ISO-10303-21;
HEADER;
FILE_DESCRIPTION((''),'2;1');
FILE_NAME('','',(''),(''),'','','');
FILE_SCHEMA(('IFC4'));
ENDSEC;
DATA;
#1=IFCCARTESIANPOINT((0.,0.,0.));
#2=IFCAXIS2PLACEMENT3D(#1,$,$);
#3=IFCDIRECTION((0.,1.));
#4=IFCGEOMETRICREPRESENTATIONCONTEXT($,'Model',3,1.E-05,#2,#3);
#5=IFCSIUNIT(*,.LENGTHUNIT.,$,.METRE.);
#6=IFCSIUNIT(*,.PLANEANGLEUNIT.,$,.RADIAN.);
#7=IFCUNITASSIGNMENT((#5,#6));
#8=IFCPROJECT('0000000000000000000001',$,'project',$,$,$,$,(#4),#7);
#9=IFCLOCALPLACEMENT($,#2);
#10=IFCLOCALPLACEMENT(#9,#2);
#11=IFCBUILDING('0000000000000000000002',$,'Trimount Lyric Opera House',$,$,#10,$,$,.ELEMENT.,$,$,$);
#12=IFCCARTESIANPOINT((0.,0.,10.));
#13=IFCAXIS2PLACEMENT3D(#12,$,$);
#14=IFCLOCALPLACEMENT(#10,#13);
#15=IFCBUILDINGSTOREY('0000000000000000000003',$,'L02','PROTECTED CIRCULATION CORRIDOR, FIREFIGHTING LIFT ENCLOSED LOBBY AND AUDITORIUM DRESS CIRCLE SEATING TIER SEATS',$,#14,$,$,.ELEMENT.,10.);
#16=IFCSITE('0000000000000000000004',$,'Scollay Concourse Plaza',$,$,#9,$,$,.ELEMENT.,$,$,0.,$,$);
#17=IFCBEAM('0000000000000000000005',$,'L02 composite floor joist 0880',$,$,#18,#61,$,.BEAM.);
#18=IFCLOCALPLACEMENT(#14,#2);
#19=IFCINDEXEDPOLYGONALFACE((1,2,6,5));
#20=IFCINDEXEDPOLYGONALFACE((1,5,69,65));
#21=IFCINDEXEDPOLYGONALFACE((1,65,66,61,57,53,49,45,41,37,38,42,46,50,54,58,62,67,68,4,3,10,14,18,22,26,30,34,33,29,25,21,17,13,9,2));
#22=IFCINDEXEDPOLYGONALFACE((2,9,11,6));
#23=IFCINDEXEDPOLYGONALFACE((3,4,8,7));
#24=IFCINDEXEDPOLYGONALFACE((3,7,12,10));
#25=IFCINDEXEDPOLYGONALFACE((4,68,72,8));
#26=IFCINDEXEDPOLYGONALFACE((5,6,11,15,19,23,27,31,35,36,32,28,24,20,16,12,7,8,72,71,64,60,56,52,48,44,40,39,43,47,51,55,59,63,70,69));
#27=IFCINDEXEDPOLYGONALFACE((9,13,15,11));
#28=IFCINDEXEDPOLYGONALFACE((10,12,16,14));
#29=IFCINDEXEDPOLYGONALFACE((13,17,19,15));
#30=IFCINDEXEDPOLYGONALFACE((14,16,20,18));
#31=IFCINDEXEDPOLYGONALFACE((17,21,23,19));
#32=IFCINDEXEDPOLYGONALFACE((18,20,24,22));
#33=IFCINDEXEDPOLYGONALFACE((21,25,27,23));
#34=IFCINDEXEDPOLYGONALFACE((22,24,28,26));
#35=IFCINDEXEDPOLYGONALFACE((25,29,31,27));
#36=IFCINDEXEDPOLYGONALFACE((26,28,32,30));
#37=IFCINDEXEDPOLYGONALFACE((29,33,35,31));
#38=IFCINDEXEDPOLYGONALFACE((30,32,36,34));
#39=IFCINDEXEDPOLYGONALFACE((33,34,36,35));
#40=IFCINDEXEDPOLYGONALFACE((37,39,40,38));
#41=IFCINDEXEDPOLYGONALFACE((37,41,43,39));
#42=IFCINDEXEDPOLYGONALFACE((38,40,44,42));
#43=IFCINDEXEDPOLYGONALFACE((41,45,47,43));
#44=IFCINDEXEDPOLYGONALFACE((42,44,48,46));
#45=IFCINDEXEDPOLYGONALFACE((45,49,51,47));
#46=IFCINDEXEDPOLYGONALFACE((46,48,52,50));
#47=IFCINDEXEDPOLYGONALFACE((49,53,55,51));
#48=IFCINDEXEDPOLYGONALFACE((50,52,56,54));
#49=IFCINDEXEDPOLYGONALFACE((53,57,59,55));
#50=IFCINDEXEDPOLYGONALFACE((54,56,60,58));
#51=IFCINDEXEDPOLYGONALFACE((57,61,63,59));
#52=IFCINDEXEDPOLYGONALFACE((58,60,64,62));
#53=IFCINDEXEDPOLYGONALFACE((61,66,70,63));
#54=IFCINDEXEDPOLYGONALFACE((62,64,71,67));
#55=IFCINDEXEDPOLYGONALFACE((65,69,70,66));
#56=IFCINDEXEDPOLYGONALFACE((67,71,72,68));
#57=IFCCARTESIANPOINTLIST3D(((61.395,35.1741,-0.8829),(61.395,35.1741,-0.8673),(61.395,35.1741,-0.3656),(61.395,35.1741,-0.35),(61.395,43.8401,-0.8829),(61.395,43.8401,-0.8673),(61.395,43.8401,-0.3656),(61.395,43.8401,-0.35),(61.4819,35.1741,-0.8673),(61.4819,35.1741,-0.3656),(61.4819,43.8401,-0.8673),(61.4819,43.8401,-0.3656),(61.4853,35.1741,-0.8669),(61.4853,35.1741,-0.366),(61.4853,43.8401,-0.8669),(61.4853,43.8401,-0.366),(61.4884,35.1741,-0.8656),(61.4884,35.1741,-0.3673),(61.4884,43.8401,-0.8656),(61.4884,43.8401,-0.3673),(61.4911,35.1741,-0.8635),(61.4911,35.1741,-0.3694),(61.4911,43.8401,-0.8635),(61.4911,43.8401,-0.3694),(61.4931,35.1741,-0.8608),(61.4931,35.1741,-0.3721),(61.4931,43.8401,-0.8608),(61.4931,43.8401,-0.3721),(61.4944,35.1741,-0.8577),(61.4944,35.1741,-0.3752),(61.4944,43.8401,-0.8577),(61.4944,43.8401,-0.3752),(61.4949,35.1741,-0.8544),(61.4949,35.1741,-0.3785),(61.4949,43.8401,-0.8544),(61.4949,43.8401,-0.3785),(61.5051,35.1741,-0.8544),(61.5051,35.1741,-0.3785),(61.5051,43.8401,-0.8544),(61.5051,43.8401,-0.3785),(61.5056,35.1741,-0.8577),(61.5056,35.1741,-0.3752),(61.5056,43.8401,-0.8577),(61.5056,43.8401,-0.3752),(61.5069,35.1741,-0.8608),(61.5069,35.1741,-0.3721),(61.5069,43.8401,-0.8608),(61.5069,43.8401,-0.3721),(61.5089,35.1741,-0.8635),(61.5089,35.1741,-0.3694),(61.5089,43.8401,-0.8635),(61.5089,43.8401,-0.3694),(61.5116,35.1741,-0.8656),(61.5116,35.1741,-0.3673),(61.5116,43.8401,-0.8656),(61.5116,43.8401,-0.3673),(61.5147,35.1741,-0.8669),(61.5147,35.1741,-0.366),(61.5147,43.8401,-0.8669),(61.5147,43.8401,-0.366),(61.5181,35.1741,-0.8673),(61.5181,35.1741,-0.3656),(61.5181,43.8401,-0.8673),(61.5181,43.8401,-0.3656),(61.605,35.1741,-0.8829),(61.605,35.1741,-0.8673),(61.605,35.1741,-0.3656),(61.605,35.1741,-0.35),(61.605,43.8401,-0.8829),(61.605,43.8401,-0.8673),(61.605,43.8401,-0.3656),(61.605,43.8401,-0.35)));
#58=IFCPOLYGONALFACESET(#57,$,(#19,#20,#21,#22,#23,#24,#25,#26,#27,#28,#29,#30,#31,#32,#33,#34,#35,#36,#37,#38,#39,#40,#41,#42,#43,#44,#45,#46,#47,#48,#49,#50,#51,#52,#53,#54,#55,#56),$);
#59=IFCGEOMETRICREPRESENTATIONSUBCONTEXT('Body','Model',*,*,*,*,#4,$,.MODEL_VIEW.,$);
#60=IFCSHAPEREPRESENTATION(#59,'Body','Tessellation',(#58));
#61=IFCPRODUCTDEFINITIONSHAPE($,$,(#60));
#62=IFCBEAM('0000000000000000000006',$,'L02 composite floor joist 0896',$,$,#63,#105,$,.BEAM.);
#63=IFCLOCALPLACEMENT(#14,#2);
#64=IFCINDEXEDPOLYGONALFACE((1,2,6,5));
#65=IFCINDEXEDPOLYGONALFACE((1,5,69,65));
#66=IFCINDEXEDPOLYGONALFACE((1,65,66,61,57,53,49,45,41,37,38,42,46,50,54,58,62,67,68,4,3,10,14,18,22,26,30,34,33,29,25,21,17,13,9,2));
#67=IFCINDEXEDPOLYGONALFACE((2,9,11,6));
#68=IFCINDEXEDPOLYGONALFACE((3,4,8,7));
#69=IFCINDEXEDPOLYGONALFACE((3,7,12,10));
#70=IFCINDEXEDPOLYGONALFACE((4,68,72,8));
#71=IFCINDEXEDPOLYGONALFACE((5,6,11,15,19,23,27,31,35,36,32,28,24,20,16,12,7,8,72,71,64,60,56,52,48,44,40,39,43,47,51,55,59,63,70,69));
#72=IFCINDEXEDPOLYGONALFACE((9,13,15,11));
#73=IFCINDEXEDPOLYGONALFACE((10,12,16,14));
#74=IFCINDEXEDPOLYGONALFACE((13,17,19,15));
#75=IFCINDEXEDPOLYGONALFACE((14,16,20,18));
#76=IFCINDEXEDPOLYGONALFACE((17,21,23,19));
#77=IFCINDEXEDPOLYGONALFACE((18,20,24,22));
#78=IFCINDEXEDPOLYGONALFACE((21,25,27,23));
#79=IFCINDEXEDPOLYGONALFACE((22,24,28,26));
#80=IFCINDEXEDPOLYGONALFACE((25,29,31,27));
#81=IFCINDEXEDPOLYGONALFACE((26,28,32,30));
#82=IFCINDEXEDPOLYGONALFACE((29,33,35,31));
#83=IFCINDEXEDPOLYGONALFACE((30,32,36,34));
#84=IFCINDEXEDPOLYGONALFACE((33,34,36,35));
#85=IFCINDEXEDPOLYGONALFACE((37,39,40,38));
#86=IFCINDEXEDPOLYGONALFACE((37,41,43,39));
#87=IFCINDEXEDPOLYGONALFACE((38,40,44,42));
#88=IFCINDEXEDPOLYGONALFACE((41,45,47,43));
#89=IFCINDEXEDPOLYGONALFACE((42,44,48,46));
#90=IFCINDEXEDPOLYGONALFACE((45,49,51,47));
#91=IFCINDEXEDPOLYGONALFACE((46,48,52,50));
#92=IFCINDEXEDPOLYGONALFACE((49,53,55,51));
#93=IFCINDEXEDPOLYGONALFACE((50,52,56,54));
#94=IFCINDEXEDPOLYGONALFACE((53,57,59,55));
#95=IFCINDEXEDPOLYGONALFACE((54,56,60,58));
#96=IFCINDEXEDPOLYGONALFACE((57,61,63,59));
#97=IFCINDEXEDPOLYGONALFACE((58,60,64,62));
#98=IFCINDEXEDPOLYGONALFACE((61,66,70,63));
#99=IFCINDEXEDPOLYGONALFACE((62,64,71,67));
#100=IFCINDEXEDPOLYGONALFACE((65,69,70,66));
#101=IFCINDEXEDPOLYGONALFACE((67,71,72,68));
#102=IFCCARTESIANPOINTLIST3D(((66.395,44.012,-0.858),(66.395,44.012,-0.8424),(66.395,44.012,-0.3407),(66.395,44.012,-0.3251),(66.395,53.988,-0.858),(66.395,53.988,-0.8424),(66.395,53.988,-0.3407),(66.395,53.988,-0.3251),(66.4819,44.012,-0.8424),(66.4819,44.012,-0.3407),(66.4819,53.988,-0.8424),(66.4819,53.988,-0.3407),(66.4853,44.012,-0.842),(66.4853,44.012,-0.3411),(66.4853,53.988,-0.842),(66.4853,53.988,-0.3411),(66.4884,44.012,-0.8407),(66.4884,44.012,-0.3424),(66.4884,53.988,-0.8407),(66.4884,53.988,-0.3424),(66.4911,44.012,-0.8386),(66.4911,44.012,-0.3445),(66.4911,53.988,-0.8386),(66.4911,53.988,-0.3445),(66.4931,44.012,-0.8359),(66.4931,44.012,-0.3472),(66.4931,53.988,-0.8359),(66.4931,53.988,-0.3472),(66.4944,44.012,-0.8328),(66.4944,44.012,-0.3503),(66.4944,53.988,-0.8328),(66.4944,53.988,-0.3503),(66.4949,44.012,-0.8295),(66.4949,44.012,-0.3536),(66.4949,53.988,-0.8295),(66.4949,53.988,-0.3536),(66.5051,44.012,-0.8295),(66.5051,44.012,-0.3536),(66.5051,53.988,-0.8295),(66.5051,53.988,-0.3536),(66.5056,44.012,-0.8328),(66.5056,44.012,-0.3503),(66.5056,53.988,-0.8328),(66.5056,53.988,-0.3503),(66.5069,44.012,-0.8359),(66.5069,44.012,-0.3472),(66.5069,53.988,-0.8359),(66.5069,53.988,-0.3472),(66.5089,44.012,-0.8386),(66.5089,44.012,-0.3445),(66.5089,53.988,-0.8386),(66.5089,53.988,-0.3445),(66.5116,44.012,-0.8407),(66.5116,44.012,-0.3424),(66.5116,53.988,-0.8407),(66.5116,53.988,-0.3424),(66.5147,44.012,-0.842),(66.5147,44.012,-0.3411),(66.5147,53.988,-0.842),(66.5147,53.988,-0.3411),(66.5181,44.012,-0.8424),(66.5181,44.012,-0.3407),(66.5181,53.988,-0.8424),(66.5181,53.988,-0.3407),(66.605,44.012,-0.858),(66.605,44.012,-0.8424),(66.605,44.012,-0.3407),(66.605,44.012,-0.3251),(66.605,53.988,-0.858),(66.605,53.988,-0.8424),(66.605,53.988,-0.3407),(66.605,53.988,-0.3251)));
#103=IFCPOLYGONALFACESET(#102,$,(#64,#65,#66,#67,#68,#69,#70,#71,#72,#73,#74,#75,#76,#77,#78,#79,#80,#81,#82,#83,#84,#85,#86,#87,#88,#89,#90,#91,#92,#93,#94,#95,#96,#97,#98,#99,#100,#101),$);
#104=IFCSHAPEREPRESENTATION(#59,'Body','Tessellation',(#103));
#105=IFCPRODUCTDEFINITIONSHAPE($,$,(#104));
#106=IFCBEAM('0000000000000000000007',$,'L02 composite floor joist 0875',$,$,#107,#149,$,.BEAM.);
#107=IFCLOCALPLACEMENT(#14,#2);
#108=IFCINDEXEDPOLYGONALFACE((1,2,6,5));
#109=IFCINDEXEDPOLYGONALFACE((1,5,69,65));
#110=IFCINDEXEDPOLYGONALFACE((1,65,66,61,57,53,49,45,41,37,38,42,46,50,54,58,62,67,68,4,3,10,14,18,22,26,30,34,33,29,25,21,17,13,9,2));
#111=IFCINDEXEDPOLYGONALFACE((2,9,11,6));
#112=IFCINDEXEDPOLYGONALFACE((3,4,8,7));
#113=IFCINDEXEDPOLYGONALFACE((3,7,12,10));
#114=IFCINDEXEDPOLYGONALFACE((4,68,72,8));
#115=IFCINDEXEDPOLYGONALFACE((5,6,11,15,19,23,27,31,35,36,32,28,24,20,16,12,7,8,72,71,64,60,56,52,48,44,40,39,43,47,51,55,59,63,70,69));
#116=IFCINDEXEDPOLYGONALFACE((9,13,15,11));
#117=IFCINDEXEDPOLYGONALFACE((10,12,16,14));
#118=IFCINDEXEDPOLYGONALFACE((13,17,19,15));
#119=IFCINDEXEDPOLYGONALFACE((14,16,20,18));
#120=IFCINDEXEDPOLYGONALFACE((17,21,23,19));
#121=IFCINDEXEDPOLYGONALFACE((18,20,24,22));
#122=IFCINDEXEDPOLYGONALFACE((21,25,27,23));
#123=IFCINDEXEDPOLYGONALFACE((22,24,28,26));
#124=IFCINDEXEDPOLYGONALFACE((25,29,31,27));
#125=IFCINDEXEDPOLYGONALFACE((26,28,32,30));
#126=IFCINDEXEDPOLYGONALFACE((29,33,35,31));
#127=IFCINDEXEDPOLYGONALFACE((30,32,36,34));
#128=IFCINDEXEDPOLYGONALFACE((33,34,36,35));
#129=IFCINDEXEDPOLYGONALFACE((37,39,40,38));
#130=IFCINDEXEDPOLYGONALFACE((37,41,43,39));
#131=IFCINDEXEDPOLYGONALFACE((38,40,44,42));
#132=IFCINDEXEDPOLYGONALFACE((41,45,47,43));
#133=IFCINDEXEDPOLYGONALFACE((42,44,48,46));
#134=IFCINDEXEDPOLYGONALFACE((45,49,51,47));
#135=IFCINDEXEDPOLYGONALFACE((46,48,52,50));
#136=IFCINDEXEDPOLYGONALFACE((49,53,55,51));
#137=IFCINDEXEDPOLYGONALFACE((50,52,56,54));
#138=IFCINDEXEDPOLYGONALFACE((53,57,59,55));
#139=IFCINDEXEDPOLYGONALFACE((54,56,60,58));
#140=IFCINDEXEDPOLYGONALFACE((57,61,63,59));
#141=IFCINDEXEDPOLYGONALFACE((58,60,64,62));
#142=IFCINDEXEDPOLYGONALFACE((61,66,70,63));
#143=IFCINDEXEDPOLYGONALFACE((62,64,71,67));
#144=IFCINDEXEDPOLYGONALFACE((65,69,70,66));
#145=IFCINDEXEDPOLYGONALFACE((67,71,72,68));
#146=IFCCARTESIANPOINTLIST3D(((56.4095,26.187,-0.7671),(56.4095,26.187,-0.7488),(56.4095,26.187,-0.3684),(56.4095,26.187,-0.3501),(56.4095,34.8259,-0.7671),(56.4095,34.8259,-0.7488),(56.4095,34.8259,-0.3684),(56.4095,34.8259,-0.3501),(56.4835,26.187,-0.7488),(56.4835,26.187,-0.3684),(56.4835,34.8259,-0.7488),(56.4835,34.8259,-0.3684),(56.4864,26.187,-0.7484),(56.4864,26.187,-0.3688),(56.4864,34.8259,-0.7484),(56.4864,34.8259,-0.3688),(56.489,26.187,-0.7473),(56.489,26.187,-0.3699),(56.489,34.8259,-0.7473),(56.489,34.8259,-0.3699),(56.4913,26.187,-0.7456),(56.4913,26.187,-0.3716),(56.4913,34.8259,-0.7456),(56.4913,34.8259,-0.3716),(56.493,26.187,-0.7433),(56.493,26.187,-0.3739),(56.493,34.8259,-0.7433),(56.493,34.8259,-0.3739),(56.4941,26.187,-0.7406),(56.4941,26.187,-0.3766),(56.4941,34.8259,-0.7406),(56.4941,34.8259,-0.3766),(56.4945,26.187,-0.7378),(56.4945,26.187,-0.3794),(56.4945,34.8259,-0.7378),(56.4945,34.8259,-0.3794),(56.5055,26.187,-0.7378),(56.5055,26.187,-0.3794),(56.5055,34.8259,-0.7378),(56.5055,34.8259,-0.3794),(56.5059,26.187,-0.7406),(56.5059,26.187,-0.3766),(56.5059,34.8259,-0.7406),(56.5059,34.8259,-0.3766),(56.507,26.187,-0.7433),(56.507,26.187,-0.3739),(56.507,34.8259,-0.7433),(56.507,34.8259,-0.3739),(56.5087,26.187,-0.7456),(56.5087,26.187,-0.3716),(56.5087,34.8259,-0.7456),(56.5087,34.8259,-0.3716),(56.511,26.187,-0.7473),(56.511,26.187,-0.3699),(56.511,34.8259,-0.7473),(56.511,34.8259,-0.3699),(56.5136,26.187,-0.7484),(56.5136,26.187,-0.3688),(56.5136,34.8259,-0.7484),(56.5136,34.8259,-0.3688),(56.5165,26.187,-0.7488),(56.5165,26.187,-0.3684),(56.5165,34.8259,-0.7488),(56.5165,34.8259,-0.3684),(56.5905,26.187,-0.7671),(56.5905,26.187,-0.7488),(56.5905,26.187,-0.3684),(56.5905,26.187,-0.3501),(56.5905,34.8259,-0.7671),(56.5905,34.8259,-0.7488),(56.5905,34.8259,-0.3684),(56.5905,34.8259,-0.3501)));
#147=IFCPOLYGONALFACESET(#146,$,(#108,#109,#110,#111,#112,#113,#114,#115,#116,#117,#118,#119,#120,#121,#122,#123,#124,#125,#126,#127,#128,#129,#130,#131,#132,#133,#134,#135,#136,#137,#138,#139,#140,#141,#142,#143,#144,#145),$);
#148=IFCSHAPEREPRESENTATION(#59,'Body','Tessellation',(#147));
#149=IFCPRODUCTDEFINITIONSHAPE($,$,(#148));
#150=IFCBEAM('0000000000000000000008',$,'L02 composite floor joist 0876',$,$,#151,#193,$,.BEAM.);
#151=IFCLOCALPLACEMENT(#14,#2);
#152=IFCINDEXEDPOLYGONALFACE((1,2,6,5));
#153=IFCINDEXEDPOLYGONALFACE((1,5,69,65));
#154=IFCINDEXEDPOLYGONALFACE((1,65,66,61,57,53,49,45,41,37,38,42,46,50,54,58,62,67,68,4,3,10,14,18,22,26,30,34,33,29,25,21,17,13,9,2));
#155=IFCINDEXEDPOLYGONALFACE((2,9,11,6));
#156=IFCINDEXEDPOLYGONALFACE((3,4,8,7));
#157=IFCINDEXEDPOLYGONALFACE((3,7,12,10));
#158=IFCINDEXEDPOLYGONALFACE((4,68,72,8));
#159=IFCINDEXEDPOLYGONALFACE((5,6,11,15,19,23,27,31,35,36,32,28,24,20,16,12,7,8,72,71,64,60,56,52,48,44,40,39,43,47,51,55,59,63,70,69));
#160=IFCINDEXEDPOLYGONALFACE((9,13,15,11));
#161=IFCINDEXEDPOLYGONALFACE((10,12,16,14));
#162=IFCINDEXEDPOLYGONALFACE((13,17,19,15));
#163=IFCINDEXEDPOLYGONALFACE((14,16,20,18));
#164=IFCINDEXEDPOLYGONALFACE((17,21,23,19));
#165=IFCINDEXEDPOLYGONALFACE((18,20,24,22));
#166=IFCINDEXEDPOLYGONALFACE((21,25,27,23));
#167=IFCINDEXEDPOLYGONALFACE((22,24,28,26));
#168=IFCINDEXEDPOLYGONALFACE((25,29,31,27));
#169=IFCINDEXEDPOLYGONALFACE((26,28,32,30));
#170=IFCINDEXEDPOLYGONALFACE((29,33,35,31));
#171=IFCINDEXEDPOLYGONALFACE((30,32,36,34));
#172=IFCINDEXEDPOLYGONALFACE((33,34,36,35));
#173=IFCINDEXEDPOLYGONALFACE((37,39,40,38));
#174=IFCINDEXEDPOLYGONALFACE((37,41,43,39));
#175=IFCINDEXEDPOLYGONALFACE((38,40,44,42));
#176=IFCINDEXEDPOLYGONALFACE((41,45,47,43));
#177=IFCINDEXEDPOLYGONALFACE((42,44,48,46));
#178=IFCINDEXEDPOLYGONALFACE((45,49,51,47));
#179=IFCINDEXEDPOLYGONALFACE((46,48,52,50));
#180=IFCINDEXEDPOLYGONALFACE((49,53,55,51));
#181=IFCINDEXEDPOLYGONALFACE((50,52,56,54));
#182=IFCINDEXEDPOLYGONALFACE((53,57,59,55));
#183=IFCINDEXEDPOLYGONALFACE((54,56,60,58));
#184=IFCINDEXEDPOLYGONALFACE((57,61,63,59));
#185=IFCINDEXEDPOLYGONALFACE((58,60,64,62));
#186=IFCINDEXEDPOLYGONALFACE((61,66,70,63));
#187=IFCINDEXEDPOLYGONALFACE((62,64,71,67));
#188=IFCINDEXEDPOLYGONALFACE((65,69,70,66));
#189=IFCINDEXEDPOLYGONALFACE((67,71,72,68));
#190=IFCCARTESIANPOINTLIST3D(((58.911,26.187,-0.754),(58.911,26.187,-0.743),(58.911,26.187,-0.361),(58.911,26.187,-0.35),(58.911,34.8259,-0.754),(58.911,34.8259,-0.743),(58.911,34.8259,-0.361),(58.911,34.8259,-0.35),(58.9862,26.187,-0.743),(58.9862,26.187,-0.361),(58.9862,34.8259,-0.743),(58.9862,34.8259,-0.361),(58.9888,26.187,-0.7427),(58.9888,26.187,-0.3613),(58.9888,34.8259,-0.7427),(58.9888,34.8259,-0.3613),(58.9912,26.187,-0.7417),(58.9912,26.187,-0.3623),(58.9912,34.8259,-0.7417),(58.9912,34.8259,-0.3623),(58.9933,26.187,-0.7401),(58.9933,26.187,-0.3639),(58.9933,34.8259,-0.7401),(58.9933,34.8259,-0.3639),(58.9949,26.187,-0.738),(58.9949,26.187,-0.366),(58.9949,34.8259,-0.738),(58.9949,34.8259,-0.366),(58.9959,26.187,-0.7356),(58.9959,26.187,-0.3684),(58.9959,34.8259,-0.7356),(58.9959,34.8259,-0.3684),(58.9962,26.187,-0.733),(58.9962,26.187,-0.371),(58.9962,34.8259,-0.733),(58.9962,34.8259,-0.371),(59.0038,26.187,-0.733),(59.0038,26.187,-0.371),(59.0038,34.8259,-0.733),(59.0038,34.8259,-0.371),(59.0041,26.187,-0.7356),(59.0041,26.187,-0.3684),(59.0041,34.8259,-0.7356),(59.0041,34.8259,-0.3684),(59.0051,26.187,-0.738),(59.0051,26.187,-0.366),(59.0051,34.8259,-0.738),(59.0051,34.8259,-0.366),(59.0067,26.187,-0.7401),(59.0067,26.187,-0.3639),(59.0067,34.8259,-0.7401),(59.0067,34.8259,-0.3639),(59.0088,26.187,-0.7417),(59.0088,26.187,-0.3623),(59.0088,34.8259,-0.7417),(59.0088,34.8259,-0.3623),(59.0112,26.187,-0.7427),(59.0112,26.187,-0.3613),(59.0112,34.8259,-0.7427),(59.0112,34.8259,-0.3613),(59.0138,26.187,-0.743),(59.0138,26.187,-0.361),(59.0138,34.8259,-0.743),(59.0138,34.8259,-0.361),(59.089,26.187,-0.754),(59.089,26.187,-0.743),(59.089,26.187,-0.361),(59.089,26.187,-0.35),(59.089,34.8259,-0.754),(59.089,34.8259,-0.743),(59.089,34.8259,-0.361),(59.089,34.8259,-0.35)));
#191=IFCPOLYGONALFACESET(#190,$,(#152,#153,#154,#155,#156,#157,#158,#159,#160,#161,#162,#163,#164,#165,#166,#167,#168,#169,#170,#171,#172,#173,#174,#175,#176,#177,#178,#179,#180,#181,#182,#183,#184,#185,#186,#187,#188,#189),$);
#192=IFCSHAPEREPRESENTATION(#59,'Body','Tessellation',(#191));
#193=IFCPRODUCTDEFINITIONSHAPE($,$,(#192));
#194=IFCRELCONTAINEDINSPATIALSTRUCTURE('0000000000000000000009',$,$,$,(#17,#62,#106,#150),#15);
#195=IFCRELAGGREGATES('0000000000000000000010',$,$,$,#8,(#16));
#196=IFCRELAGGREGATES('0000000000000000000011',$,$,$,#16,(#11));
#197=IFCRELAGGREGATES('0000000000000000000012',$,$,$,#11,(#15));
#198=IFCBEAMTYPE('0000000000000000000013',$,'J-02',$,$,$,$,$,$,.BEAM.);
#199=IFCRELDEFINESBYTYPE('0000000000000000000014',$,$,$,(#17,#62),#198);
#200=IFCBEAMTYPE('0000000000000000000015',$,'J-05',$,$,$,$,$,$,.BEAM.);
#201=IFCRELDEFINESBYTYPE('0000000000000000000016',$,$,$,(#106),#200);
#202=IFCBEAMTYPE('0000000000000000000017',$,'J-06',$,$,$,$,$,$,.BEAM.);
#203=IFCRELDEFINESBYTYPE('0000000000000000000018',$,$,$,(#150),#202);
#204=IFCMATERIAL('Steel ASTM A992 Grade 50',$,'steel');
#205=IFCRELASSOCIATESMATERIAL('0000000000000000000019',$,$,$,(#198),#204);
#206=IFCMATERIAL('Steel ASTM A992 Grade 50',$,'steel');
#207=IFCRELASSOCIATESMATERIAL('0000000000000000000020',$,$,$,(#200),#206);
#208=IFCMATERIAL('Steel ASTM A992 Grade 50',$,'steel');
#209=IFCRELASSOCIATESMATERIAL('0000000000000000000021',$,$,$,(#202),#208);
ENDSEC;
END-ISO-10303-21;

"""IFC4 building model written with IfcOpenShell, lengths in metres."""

from ifc_helpers import new_model, si_unit, direction, frame, origin, origin_2d, place, context, subcontext, project, spatial, i_section, extrude, material, material_profile, profile_set, type_object, element, save


model = new_model("IFC4")

# Units and contexts
model_context = context("Model", 3, precision=1e-05, world=origin(), true_north=direction((0.0, 1.0)))
body_context = subcontext(model_context, "Body", "Model", "MODEL_VIEW")
ifc_project = project(units=[si_unit("LENGTHUNIT", "METRE"), si_unit("PLANEANGLEUNIT", "RADIAN")], contexts=[model_context])

# Site, building, storey
site_placement = place(None, origin())
site = spatial("IfcSite", under=ifc_project, at=site_placement, Name="Scollay Concourse Plaza", CompositionType="ELEMENT", RefElevation=0.0)
building_placement = place(site_placement, origin())
building = spatial("IfcBuilding", under=site, at=building_placement, Name="Trimount Lyric Opera House", CompositionType="ELEMENT")
storey_placement = place(building_placement, frame((0.0, 0.0, 10.0)))
storey = spatial("IfcBuildingStorey", under=building, at=storey_placement, Name="L02", Description="PROTECTED CIRCULATION CORRIDOR, FIREFIGHTING LIFT ENCLOSED LOBBY AND AUDITORIUM DRESS CIRCLE SEATING TIER SEATS", CompositionType="ELEMENT", Elevation=10.0)

# Beams
ifc_material_1 = material(Name="Steel ASTM A992 Grade 50", Category="steel")
ifc_material_profile_1 = material_profile(ifc_material_1, i_section(OverallWidth=0.21, OverallDepth=0.533, WebThickness=0.0103, FlangeThickness=0.0156, FilletRadius=0.0129, at=origin_2d()), Name="W21X62")
ifc_profile_set_1 = profile_set([ifc_material_profile_1], Name="Steel ASTM A992 Grade 50")
beam_type_1 = type_object("IfcBeamType", Name="J-02", PredefinedType="BEAM", material=ifc_profile_set_1)
beam_1_placement = place(storey_placement, frame((61.5, 35.1741, -0.6165), z_axis=(0.0, 1.0, 0.0), x_axis=(-1.0, 0.0, 0.0)))
element("IfcBeam", 1, at=beam_1_placement, inside=storey, type_object=beam_type_1, Name="L02 composite floor joist 0880", PredefinedType="BEAM", context=body_context, shape_type="SweptSolid", body=[
    extrude(i_section(OverallWidth=0.21, OverallDepth=0.533, WebThickness=0.0103, FlangeThickness=0.0156, FilletRadius=0.0129, at=origin_2d()), origin(), (0.0, 0.0, 1.0), 8.666),
])
beam_2_placement = place(storey_placement, frame((66.5, 44.012, -0.5916), z_axis=(0.0, 1.0, 0.0), x_axis=(-1.0, 0.0, 0.0)))
element("IfcBeam", 2, at=beam_2_placement, inside=storey, type_object=beam_type_1, Name="L02 composite floor joist 0896", PredefinedType="BEAM", context=body_context, shape_type="SweptSolid", body=[
    extrude(i_section(OverallWidth=0.21, OverallDepth=0.533, WebThickness=0.0103, FlangeThickness=0.0156, FilletRadius=0.0129, at=origin_2d()), origin(), (0.0, 0.0, 1.0), 9.9761),
])
ifc_material_2 = material(Name="Steel ASTM A992 Grade 50", Category="steel")
ifc_material_profile_2 = material_profile(ifc_material_2, i_section(OverallWidth=0.1809, OverallDepth=0.417, WebThickness=0.011, FlangeThickness=0.0183, FilletRadius=0.011, at=origin_2d()), Name="W16X57")
ifc_profile_set_2 = profile_set([ifc_material_profile_2], Name="Steel ASTM A992 Grade 50")
beam_type_2 = type_object("IfcBeamType", Name="J-05", PredefinedType="BEAM", material=ifc_profile_set_2)
beam_3_placement = place(storey_placement, frame((56.5, 26.187, -0.5586), z_axis=(0.0, 1.0, 0.0), x_axis=(-1.0, 0.0, 0.0)))
element("IfcBeam", 3, at=beam_3_placement, inside=storey, type_object=beam_type_2, Name="L02 composite floor joist 0875", PredefinedType="BEAM", context=body_context, shape_type="SweptSolid", body=[
    extrude(i_section(OverallWidth=0.1809, OverallDepth=0.417, WebThickness=0.011, FlangeThickness=0.0183, FilletRadius=0.011, at=origin_2d()), origin(), (0.0, 0.0, 1.0), 8.6389),
])
ifc_material_3 = material(Name="Steel ASTM A992 Grade 50", Category="steel")
ifc_material_profile_3 = material_profile(ifc_material_3, i_section(OverallWidth=0.178, OverallDepth=0.4041, WebThickness=0.0076, FlangeThickness=0.011, FilletRadius=0.01, at=origin_2d()), Name="W16X36")
ifc_profile_set_3 = profile_set([ifc_material_profile_3], Name="Steel ASTM A992 Grade 50")
beam_type_3 = type_object("IfcBeamType", Name="J-06", PredefinedType="BEAM", material=ifc_profile_set_3)
beam_4_placement = place(storey_placement, frame((59.0, 26.187, -0.552), z_axis=(0.0, 1.0, 0.0), x_axis=(-1.0, 0.0, 0.0)))
element("IfcBeam", 4, at=beam_4_placement, inside=storey, type_object=beam_type_3, Name="L02 composite floor joist 0876", PredefinedType="BEAM", context=body_context, shape_type="SweptSolid", body=[
    extrude(i_section(OverallWidth=0.178, OverallDepth=0.4041, WebThickness=0.0076, FlangeThickness=0.011, FilletRadius=0.01, at=origin_2d()), origin(), (0.0, 0.0, 1.0), 8.6389),
])

save(model, "model.ifc")
